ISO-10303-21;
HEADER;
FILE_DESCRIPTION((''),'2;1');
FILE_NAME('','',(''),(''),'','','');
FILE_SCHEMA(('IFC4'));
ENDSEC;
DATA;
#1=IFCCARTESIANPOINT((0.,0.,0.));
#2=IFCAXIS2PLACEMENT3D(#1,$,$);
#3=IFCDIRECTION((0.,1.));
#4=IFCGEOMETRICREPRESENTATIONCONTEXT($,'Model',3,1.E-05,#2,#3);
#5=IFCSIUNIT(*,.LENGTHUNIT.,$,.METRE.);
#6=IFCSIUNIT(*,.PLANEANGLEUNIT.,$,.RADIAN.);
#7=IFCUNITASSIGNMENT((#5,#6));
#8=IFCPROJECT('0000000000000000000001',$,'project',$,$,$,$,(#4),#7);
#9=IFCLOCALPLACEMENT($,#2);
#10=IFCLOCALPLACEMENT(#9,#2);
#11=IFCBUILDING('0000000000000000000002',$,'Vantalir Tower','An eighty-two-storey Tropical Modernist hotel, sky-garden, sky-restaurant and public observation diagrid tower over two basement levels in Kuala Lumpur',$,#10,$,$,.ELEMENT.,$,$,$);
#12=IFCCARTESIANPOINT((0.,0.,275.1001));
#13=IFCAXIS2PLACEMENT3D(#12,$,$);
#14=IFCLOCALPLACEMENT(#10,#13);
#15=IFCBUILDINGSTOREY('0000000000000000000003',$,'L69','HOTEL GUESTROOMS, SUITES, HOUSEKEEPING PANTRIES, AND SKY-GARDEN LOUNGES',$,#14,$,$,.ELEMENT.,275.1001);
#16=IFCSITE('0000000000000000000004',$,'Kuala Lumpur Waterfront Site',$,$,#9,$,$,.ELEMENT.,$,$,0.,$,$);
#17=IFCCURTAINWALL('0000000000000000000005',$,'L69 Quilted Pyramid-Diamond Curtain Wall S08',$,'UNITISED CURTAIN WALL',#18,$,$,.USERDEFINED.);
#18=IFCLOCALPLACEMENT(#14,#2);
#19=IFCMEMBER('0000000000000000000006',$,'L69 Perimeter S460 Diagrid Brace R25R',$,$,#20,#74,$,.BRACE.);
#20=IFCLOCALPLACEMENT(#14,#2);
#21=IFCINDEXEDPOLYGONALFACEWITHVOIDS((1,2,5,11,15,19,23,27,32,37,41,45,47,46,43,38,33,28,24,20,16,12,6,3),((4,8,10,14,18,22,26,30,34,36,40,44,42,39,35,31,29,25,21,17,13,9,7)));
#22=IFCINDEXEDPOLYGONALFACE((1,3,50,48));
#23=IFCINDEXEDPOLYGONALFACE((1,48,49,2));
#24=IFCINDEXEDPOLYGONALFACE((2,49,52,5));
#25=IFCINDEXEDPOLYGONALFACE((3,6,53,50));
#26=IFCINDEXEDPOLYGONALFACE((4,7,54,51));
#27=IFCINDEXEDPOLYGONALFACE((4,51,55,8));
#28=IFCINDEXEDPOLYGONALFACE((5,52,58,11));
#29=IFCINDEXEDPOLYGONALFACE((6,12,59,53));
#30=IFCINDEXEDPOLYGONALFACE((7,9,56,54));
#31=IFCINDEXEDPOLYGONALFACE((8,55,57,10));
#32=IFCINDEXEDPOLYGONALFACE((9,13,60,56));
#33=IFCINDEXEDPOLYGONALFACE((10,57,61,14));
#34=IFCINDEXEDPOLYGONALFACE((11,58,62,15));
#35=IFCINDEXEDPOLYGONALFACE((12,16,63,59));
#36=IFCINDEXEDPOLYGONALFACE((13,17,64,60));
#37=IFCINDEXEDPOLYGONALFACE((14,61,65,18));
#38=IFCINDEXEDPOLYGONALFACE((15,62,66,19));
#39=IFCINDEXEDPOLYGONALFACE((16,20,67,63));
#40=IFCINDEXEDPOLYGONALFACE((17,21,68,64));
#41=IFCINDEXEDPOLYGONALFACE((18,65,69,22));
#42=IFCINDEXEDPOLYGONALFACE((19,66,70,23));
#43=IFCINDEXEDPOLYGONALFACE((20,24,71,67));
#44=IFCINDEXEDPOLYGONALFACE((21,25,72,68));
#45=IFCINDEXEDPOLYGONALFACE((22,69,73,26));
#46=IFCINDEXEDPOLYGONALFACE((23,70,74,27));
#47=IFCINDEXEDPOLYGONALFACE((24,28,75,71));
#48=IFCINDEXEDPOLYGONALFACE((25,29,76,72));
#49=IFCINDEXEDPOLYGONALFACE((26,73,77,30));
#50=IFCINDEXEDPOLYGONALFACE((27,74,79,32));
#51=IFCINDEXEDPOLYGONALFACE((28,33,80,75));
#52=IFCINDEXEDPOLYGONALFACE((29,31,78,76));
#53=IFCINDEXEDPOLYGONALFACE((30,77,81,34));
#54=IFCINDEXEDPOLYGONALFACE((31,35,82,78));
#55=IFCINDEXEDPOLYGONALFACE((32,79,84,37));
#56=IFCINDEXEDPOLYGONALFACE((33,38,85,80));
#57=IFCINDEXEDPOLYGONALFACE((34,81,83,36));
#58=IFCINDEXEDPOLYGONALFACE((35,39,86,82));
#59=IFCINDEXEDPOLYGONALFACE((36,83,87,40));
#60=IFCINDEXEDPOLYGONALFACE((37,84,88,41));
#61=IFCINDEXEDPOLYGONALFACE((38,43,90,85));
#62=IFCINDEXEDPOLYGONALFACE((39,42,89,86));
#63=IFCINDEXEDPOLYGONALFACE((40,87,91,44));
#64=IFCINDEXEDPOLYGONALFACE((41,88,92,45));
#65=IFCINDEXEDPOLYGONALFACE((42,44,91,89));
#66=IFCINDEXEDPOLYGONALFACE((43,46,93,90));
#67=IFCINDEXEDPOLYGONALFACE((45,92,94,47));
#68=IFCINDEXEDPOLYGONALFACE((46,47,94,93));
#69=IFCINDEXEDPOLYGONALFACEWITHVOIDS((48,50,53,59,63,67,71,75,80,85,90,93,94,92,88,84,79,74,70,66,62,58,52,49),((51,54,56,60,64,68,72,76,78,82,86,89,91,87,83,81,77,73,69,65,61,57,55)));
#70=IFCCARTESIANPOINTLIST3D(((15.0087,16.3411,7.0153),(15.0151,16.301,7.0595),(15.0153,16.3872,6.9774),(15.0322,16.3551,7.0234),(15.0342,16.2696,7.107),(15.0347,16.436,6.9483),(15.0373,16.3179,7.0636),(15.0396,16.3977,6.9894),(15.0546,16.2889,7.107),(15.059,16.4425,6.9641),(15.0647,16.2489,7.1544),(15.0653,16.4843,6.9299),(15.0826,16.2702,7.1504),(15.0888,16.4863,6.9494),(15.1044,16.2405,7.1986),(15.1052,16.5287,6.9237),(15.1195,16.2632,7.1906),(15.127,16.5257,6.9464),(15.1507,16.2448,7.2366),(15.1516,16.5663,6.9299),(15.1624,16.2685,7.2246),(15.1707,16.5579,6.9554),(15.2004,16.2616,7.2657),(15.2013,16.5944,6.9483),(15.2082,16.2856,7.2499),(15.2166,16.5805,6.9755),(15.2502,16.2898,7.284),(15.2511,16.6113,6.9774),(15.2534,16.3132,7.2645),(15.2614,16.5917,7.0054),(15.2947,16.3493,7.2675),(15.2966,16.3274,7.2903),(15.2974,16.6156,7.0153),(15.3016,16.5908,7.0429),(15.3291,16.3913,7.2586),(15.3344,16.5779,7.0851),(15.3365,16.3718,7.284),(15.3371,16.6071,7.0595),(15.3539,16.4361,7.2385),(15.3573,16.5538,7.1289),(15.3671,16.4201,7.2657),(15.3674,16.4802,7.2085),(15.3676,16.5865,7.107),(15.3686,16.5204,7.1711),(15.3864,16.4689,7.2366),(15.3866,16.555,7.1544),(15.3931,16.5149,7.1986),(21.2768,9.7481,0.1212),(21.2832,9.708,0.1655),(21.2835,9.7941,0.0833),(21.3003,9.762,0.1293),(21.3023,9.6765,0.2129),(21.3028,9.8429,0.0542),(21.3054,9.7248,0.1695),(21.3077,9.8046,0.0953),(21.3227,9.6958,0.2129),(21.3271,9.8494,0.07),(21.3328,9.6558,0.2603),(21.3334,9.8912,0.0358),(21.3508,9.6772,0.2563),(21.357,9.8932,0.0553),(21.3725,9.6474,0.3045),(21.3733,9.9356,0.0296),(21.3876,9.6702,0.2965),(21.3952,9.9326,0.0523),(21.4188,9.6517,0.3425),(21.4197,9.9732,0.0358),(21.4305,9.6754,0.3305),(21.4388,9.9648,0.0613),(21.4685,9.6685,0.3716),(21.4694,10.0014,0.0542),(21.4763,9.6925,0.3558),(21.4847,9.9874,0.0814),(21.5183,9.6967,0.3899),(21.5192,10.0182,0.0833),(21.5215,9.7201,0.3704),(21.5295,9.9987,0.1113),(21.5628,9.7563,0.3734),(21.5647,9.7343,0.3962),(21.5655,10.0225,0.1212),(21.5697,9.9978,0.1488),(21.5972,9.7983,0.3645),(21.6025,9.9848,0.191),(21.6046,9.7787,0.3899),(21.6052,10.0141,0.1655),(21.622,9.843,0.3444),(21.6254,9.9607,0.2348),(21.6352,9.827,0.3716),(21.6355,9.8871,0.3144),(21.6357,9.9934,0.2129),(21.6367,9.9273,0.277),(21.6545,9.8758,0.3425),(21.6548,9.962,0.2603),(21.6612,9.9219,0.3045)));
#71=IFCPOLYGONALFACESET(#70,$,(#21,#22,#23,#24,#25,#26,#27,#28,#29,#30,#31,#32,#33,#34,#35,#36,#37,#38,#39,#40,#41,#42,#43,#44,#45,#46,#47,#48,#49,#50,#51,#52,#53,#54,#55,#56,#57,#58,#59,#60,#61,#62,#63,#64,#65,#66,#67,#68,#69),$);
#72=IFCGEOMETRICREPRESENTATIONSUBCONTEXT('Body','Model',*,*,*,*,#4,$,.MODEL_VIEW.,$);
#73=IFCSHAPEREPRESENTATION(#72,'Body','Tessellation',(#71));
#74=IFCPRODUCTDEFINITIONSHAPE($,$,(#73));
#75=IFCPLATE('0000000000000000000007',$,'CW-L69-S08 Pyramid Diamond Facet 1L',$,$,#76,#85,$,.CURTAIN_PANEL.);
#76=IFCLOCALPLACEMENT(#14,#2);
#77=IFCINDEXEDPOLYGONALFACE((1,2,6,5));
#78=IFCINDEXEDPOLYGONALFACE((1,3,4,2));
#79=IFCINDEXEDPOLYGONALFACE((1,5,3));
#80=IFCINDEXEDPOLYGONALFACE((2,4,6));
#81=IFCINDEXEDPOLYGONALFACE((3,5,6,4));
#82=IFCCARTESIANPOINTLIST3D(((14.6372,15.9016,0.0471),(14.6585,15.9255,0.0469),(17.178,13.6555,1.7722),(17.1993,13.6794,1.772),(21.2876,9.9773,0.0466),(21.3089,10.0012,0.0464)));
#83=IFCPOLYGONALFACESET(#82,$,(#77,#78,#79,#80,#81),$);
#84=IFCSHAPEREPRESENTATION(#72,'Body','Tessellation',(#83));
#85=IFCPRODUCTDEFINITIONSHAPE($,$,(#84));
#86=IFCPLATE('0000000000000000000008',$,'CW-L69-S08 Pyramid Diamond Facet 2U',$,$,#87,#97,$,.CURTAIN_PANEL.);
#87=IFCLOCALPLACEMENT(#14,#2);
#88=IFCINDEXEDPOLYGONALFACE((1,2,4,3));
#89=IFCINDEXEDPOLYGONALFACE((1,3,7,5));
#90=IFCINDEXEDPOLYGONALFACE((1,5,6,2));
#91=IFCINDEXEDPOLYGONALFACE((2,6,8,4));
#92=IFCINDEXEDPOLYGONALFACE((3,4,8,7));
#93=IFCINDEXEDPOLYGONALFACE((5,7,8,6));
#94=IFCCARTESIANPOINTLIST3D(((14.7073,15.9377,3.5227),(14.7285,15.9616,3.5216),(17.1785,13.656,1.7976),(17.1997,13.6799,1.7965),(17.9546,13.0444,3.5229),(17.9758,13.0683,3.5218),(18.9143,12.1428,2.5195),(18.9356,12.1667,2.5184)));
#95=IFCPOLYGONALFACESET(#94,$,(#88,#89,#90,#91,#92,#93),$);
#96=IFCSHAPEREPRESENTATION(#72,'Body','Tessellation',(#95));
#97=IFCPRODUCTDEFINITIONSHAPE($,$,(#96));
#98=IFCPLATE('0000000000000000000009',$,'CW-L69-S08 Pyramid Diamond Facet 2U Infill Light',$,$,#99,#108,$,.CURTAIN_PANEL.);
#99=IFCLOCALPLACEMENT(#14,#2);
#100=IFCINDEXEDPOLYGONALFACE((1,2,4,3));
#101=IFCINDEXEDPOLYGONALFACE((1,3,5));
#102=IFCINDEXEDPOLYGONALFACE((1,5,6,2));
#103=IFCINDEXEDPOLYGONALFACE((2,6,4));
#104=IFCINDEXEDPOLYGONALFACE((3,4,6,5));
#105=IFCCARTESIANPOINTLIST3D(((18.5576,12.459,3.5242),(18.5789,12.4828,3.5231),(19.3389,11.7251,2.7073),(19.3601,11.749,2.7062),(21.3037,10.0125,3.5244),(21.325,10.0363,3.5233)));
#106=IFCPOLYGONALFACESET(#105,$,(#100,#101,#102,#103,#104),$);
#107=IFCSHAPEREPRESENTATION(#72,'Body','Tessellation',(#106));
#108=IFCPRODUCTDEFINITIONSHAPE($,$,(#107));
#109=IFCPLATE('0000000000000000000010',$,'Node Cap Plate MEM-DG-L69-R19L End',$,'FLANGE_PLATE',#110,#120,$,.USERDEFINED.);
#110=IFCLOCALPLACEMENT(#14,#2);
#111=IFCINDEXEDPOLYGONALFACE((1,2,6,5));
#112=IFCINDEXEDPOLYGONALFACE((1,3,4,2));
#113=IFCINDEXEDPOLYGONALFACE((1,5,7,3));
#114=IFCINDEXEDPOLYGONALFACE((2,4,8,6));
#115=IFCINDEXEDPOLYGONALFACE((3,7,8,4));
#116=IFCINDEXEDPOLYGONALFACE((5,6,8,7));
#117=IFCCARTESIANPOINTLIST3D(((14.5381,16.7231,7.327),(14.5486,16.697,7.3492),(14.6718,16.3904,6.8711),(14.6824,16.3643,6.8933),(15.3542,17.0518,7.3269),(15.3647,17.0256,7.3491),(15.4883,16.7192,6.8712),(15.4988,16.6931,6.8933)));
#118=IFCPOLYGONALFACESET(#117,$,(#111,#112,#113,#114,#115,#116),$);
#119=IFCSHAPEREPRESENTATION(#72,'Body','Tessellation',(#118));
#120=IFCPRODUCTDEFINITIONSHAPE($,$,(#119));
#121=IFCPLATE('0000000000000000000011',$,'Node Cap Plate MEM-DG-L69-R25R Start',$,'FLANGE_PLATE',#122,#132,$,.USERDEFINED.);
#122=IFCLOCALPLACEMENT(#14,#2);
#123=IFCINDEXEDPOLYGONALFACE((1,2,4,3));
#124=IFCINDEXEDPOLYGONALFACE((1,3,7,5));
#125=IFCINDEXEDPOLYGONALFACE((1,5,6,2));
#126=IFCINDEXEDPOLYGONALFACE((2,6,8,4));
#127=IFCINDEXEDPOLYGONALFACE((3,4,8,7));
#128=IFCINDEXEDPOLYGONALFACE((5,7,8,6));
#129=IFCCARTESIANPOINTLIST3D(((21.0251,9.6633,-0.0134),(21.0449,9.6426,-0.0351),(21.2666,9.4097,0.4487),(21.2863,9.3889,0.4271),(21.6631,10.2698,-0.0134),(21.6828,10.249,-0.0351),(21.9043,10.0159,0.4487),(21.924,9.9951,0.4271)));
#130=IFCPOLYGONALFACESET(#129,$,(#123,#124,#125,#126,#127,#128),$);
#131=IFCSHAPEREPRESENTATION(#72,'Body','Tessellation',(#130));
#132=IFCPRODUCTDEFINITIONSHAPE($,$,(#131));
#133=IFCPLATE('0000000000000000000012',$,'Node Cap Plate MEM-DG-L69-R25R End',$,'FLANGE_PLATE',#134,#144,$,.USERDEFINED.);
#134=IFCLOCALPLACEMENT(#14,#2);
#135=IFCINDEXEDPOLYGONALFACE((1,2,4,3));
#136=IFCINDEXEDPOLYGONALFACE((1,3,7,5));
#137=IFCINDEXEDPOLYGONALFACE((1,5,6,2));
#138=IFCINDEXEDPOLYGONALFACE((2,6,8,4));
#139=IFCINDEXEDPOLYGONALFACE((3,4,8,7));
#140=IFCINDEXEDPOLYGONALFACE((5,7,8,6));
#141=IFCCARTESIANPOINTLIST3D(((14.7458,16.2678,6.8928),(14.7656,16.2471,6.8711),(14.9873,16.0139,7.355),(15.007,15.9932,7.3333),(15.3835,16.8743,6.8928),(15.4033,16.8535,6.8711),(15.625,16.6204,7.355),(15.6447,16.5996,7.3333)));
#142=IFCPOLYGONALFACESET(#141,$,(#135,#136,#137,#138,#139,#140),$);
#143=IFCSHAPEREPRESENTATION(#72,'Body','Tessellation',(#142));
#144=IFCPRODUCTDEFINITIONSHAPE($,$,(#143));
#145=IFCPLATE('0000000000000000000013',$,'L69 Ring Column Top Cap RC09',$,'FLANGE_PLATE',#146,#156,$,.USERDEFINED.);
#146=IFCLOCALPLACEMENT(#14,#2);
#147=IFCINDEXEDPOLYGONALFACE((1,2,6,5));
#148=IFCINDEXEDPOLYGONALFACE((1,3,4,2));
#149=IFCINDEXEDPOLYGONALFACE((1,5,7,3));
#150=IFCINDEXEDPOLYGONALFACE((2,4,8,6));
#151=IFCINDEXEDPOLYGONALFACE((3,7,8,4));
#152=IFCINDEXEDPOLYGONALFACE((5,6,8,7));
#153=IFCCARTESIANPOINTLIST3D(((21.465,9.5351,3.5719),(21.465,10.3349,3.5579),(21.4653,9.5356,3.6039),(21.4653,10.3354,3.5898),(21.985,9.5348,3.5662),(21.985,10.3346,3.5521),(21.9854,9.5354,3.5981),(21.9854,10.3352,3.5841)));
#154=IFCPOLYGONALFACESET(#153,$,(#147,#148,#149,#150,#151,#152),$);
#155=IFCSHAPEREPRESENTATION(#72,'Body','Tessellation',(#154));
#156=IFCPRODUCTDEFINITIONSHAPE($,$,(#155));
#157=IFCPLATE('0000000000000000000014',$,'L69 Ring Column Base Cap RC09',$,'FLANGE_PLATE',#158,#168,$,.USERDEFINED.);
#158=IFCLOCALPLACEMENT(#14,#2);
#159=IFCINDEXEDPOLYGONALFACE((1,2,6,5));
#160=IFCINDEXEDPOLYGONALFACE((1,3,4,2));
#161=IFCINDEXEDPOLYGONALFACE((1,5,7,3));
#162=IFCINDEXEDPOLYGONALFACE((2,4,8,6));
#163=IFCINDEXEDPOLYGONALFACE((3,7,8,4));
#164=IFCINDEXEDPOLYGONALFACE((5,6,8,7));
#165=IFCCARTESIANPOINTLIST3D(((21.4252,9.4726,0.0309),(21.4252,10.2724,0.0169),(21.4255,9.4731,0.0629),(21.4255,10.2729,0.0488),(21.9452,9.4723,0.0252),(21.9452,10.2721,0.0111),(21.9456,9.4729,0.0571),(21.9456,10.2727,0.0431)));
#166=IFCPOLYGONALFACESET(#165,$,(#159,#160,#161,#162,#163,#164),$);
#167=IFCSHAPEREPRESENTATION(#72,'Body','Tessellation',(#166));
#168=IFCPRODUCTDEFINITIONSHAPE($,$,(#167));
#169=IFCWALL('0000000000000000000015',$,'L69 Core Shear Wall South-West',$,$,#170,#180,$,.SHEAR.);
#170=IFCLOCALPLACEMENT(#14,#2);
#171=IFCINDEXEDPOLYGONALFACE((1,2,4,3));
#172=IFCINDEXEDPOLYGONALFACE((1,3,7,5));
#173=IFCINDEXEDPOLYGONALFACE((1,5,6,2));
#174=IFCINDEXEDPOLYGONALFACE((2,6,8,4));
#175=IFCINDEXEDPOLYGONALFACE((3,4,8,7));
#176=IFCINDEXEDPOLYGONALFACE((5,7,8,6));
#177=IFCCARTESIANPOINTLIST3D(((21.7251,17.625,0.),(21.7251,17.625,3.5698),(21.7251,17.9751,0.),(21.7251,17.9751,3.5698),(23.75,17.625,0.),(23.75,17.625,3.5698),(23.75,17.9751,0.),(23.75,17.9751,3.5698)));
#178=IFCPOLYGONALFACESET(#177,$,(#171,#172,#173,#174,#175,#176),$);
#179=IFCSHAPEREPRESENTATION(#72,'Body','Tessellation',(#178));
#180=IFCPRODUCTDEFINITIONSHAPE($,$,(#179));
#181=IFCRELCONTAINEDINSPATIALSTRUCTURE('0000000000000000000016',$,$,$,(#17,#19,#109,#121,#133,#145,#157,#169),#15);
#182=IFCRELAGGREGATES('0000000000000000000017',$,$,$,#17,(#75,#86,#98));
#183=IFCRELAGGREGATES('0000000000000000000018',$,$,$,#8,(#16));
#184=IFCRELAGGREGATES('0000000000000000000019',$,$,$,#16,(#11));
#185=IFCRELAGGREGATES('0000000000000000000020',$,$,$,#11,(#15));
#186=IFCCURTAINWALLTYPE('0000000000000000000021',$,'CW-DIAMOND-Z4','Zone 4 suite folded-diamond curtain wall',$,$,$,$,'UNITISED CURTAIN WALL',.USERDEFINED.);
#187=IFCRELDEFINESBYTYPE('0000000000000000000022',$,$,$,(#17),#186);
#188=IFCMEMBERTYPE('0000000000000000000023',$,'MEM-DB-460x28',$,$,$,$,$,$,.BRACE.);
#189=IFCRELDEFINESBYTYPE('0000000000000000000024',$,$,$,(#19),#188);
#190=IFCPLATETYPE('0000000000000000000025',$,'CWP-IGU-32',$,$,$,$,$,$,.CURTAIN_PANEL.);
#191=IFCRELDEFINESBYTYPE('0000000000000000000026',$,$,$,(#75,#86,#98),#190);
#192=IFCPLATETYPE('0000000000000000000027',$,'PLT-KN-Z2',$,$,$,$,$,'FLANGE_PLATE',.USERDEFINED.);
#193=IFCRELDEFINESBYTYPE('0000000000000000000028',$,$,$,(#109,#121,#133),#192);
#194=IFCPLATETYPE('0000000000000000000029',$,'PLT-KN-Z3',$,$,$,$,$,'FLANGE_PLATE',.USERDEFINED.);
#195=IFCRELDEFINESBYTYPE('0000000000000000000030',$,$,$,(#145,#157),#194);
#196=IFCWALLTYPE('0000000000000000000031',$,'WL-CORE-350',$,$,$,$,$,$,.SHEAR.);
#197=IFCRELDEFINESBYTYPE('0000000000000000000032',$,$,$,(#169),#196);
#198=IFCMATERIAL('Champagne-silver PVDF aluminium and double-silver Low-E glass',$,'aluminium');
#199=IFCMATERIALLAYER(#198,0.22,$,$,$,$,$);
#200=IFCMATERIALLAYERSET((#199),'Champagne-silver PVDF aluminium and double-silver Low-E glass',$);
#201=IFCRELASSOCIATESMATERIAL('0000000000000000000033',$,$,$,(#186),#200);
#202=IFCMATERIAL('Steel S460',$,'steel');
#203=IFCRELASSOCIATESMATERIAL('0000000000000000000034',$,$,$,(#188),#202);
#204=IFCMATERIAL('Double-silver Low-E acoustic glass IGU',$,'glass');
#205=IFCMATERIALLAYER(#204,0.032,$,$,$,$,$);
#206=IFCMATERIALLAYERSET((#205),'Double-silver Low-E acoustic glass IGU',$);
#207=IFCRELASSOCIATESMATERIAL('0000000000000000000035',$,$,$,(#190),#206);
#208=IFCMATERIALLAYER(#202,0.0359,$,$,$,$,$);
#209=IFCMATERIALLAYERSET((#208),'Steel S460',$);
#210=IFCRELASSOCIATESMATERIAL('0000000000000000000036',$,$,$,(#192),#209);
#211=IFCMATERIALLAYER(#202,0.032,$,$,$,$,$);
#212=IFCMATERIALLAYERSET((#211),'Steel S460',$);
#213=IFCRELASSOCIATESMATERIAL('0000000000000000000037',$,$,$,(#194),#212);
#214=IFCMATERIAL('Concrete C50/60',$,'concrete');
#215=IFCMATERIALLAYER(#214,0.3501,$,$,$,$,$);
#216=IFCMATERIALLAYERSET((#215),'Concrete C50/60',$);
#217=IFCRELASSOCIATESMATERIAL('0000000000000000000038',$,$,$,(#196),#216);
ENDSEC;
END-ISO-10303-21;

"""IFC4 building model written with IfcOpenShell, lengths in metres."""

from ifc_helpers import new_model, si_unit, direction, frame, frame_2d, origin, origin_2d, place, context, subcontext, project, spatial, polyline, rectangle, hollow_circle, outline, extrude, material, layer, layer_set, material_profile, profile_set, type_object, element, aggregate, save


model = new_model("IFC4")

# Units and contexts
model_context = context("Model", 3, precision=1e-05, world=origin(), true_north=direction((0.0, 1.0)))
body_context = subcontext(model_context, "Body", "Model", "MODEL_VIEW")
ifc_project = project(units=[si_unit("LENGTHUNIT", "METRE"), si_unit("PLANEANGLEUNIT", "RADIAN")], contexts=[model_context])

# Site, building, storey
site_placement = place(None, origin())
site = spatial("IfcSite", under=ifc_project, at=site_placement, Name="Kuala Lumpur Waterfront Site", CompositionType="ELEMENT", RefElevation=0.0)
building_placement = place(site_placement, origin())
building = spatial("IfcBuilding", under=site, at=building_placement, Name="Vantalir Tower", Description="An eighty-two-storey Tropical Modernist hotel, sky-garden, sky-restaurant and public observation diagrid tower over two basement levels in Kuala Lumpur", CompositionType="ELEMENT")
storey_placement = place(building_placement, frame((0.0, 0.0, 275.1001)))
storey = spatial("IfcBuildingStorey", under=building, at=storey_placement, Name="L69", Description="HOTEL GUESTROOMS, SUITES, HOUSEKEEPING PANTRIES, AND SKY-GARDEN LOUNGES", CompositionType="ELEMENT", Elevation=275.1001)

# Shared definitions
ifc_material_1 = material(Name="Steel S460", Category="steel")

# Curtain wall
ifc_material_2 = material(Name="Champagne-silver PVDF aluminium and double-silver Low-E glass", Category="aluminium")
ifc_layer_1 = layer(ifc_material_2, 0.22)
ifc_layer_set_1 = layer_set([ifc_layer_1], Name="Champagne-silver PVDF aluminium and double-silver Low-E glass")
curtain_wall_type = type_object("IfcCurtainWallType", Name="CW-DIAMOND-Z4", Description="Zone 4 suite folded-diamond curtain wall", ElementType="UNITISED CURTAIN WALL", PredefinedType="USERDEFINED", material=ifc_layer_set_1)
curtain_wall_placement = place(storey_placement, origin())
curtain_wall = element("IfcCurtainWall", 1, at=curtain_wall_placement, inside=storey, type_object=curtain_wall_type, Name="L69 Quilted Pyramid-Diamond Curtain Wall S08", ObjectType="UNITISED CURTAIN WALL", PredefinedType="USERDEFINED")

# Member
ifc_material_profile_1 = material_profile(ifc_material_1, hollow_circle(Radius=0.23, WallThickness=0.0281, at=origin_2d()), Name="Steel S460")
ifc_profile_set_1 = profile_set([ifc_material_profile_1], Name="Steel S460")
member_type_1 = type_object("IfcMemberType", Name="MEM-DB-460x28", PredefinedType="BRACE", material=ifc_profile_set_1)
member_1_placement = place(storey_placement, frame((21.469, 9.835, 0.2129), z_axis=(-0.549146, 0.577614, 0.603987), x_axis=(-0.724741, -0.689021, 0.0)))
element("IfcMember", 2, at=member_1_placement, inside=storey, type_object=member_type_1, Name="L69 Perimeter S460 Diagrid Brace R25R", PredefinedType="BRACE", context=body_context, shape_type="SweptSolid", body=[
    extrude(hollow_circle(Radius=0.23, WallThickness=0.0281, at=origin_2d()), origin(), (0.0, 0.0, 1.0), 11.4143),
])

# Plates
ifc_material_3 = material(Name="Double-silver Low-E acoustic glass IGU", Category="glass")
ifc_layer_2 = layer(ifc_material_3, 0.032)
ifc_layer_set_2 = layer_set([ifc_layer_2], Name="Double-silver Low-E acoustic glass IGU")
plate_type_1 = type_object("IfcPlateType", Name="CWP-IGU-32", PredefinedType="CURTAIN_PANEL", material=ifc_layer_set_2)
plate_1_placement = place(storey_placement, frame((14.6372, 15.9016, 0.0471), z_axis=(-0.665151, -0.746671, 0.007479), x_axis=(0.746692, -0.66517, -0.000055)))
plate_1 = element("IfcPlate", 3, at=plate_1_placement, type_object=plate_type_1, Name="CW-L69-S08 Pyramid Diamond Facet 1L", PredefinedType="CURTAIN_PANEL", context=body_context, shape_type="SweptSolid", body=[
    extrude(outline(polyline([(0.0, 0.0), (8.9065, 0.0), (3.3911, 1.7253), (0.0, 0.0)])), origin(), (0.0, 0.0, -1.0), 0.032),
])
plate_2_placement = place(storey_placement, frame((14.7073, 15.9377, 3.5227), z_axis=(-0.664843, -0.746182, 0.034576), x_axis=(0.74663, -0.66524, 0.000056)))
plate_2 = element("IfcPlate", 4, at=plate_2_placement, type_object=plate_type_1, Name="CW-L69-S08 Pyramid Diamond Facet 2U", PredefinedType="CURTAIN_PANEL", context=body_context, shape_type="SweptSolid", body=[
    extrude(outline(polyline([(0.0, 0.0), (4.3493, 0.0), (5.6656, -1.0041), (3.3629, -1.7263), (0.0, 0.0)])), origin(), (0.0, 0.0, -1.0), 0.032),
])
plate_3_placement = place(storey_placement, frame((18.5576, 12.459, 3.5242), z_axis=(-0.664812, -0.74621, 0.034581), x_axis=(0.746658, -0.665208, 0.000066)))
plate_3 = element("IfcPlate", 5, at=plate_3_placement, type_object=plate_type_1, Name="CW-L69-S08 Pyramid Diamond Facet 2U Infill Light", PredefinedType="CURTAIN_PANEL", context=body_context, shape_type="SweptSolid", body=[
    extrude(outline(polyline([(0.0, 0.0), (3.6778, 0.0), (1.0715, -0.8175), (0.0, 0.0)])), origin(), (0.0, 0.0, -1.0), 0.032),
])
aggregate(curtain_wall, [plate_1, plate_2, plate_3])

# Plates
ifc_layer_3 = layer(ifc_material_1, 0.0359)
ifc_layer_set_3 = layer_set([ifc_layer_3], Name="Steel S460")
plate_type_2 = type_object("IfcPlateType", Name="PLT-KN-Z2", ElementType="FLANGE_PLATE", PredefinedType="USERDEFINED", material=ifc_layer_set_3)
plate_4_placement = place(storey_placement, frame((14.6824, 16.3643, 6.8933), z_axis=(0.293602, -0.729044, 0.618298), x_axis=(0.927593, 0.373593, 0.000037)))
element("IfcPlate", 6, at=plate_4_placement, inside=storey, type_object=plate_type_2, Name="Node Cap Plate MEM-DG-L69-R19L End", ObjectType="FLANGE_PLATE", PredefinedType="USERDEFINED", context=body_context, shape_type="SweptSolid", body=[
    extrude(outline(polyline([(0.0, 0.0), (0.8802, 0.0), (0.8801, 0.5799), (0.0002, 0.58), (0.0, 0.0)])), origin(), (0.0, 0.0, -1.0), 0.0359),
])
plate_5_placement = place(storey_placement, frame((21.6631, 10.2698, -0.0134), z_axis=(-0.549133, 0.577657, 0.603958), x_axis=(-0.724773, -0.688988, 0.000002)))
element("IfcPlate", 7, at=plate_5_placement, inside=storey, type_object=plate_type_2, Name="Node Cap Plate MEM-DG-L69-R25R Start", ObjectType="FLANGE_PLATE", PredefinedType="USERDEFINED", context=body_context, shape_type="SweptSolid", body=[
    extrude(outline(polyline([(0.0, 0.0), (0.8802, 0.0), (0.88, 0.5799), (0.0001, 0.5799), (0.0, 0.0)])), origin(), (0.0, 0.0, -1.0), 0.0359),
])
plate_6_placement = place(storey_placement, frame((15.3835, 16.8743, 6.8928), z_axis=(-0.549148, 0.577445, 0.604147), x_axis=(-0.724639, -0.689129, 0.0)))
element("IfcPlate", 8, at=plate_6_placement, inside=storey, type_object=plate_type_2, Name="Node Cap Plate MEM-DG-L69-R25R End", ObjectType="FLANGE_PLATE", PredefinedType="USERDEFINED", context=body_context, shape_type="SweptSolid", body=[
    extrude(outline(polyline([(0.0, 0.0), (0.88, 0.0), (0.88, 0.58), (0.0, 0.58), (0.0, 0.0)])), origin(), (0.0, 0.0, -1.0), 0.0359),
])
ifc_layer_4 = layer(ifc_material_1, 0.032)
ifc_layer_set_4 = layer_set([ifc_layer_4], Name="Steel S460")
plate_type_3 = type_object("IfcPlateType", Name="PLT-KN-Z3", ElementType="FLANGE_PLATE", PredefinedType="USERDEFINED", material=ifc_layer_set_4)
for number, where, z_axis, x_axis, name in (
    (9, (21.4653, 10.3354, 3.5898), (0.011039, 0.017548, 0.999785), (0.000002, -0.999846, 0.017549), "L69 Ring Column Top Cap RC09"),
    (10, (21.4255, 10.2729, 0.0488), (0.011039, 0.017548, 0.999785), (0.000002, -0.999846, 0.017549), "L69 Ring Column Base Cap RC09"),
):
    element("IfcPlate", number, at=place(storey_placement, frame(where, z_axis=z_axis, x_axis=x_axis)), inside=storey, type_object=plate_type_3, Name=name, ObjectType="FLANGE_PLATE", PredefinedType="USERDEFINED", context=body_context, shape_type="SweptSolid", body=[
        extrude(outline(polyline([(0.0, 0.0), (0.7999, 0.0), (0.8001, 0.52), (0.0001, 0.5201), (0.0, 0.0)])), origin(), (0.0, 0.0, -1.0), 0.032),
    ])

# Wall
ifc_material_4 = material(Name="Concrete C50/60", Category="concrete")
ifc_layer_5 = layer(ifc_material_4, 0.3501)
ifc_layer_set_5 = layer_set([ifc_layer_5], Name="Concrete C50/60")
wall_type_1 = type_object("IfcWallType", Name="WL-CORE-350", PredefinedType="SHEAR", material=ifc_layer_set_5)
wall_1_placement = place(storey_placement, frame((21.7251, 17.8, 0.0), z_axis=(0.0, 0.0, 1.0), x_axis=(1.0, 0.0, 0.0)))
element("IfcWall", 11, at=wall_1_placement, inside=storey, type_object=wall_type_1, Name="L69 Core Shear Wall South-West", PredefinedType="SHEAR", context=body_context, shape_type="SweptSolid", body=[
    extrude(rectangle(XDim=2.0249, YDim=0.3501, at=frame_2d((1.0125, 0.0))), origin(), (0.0, 0.0, 1.0), 3.5698),
])

save(model, "model.ifc")
